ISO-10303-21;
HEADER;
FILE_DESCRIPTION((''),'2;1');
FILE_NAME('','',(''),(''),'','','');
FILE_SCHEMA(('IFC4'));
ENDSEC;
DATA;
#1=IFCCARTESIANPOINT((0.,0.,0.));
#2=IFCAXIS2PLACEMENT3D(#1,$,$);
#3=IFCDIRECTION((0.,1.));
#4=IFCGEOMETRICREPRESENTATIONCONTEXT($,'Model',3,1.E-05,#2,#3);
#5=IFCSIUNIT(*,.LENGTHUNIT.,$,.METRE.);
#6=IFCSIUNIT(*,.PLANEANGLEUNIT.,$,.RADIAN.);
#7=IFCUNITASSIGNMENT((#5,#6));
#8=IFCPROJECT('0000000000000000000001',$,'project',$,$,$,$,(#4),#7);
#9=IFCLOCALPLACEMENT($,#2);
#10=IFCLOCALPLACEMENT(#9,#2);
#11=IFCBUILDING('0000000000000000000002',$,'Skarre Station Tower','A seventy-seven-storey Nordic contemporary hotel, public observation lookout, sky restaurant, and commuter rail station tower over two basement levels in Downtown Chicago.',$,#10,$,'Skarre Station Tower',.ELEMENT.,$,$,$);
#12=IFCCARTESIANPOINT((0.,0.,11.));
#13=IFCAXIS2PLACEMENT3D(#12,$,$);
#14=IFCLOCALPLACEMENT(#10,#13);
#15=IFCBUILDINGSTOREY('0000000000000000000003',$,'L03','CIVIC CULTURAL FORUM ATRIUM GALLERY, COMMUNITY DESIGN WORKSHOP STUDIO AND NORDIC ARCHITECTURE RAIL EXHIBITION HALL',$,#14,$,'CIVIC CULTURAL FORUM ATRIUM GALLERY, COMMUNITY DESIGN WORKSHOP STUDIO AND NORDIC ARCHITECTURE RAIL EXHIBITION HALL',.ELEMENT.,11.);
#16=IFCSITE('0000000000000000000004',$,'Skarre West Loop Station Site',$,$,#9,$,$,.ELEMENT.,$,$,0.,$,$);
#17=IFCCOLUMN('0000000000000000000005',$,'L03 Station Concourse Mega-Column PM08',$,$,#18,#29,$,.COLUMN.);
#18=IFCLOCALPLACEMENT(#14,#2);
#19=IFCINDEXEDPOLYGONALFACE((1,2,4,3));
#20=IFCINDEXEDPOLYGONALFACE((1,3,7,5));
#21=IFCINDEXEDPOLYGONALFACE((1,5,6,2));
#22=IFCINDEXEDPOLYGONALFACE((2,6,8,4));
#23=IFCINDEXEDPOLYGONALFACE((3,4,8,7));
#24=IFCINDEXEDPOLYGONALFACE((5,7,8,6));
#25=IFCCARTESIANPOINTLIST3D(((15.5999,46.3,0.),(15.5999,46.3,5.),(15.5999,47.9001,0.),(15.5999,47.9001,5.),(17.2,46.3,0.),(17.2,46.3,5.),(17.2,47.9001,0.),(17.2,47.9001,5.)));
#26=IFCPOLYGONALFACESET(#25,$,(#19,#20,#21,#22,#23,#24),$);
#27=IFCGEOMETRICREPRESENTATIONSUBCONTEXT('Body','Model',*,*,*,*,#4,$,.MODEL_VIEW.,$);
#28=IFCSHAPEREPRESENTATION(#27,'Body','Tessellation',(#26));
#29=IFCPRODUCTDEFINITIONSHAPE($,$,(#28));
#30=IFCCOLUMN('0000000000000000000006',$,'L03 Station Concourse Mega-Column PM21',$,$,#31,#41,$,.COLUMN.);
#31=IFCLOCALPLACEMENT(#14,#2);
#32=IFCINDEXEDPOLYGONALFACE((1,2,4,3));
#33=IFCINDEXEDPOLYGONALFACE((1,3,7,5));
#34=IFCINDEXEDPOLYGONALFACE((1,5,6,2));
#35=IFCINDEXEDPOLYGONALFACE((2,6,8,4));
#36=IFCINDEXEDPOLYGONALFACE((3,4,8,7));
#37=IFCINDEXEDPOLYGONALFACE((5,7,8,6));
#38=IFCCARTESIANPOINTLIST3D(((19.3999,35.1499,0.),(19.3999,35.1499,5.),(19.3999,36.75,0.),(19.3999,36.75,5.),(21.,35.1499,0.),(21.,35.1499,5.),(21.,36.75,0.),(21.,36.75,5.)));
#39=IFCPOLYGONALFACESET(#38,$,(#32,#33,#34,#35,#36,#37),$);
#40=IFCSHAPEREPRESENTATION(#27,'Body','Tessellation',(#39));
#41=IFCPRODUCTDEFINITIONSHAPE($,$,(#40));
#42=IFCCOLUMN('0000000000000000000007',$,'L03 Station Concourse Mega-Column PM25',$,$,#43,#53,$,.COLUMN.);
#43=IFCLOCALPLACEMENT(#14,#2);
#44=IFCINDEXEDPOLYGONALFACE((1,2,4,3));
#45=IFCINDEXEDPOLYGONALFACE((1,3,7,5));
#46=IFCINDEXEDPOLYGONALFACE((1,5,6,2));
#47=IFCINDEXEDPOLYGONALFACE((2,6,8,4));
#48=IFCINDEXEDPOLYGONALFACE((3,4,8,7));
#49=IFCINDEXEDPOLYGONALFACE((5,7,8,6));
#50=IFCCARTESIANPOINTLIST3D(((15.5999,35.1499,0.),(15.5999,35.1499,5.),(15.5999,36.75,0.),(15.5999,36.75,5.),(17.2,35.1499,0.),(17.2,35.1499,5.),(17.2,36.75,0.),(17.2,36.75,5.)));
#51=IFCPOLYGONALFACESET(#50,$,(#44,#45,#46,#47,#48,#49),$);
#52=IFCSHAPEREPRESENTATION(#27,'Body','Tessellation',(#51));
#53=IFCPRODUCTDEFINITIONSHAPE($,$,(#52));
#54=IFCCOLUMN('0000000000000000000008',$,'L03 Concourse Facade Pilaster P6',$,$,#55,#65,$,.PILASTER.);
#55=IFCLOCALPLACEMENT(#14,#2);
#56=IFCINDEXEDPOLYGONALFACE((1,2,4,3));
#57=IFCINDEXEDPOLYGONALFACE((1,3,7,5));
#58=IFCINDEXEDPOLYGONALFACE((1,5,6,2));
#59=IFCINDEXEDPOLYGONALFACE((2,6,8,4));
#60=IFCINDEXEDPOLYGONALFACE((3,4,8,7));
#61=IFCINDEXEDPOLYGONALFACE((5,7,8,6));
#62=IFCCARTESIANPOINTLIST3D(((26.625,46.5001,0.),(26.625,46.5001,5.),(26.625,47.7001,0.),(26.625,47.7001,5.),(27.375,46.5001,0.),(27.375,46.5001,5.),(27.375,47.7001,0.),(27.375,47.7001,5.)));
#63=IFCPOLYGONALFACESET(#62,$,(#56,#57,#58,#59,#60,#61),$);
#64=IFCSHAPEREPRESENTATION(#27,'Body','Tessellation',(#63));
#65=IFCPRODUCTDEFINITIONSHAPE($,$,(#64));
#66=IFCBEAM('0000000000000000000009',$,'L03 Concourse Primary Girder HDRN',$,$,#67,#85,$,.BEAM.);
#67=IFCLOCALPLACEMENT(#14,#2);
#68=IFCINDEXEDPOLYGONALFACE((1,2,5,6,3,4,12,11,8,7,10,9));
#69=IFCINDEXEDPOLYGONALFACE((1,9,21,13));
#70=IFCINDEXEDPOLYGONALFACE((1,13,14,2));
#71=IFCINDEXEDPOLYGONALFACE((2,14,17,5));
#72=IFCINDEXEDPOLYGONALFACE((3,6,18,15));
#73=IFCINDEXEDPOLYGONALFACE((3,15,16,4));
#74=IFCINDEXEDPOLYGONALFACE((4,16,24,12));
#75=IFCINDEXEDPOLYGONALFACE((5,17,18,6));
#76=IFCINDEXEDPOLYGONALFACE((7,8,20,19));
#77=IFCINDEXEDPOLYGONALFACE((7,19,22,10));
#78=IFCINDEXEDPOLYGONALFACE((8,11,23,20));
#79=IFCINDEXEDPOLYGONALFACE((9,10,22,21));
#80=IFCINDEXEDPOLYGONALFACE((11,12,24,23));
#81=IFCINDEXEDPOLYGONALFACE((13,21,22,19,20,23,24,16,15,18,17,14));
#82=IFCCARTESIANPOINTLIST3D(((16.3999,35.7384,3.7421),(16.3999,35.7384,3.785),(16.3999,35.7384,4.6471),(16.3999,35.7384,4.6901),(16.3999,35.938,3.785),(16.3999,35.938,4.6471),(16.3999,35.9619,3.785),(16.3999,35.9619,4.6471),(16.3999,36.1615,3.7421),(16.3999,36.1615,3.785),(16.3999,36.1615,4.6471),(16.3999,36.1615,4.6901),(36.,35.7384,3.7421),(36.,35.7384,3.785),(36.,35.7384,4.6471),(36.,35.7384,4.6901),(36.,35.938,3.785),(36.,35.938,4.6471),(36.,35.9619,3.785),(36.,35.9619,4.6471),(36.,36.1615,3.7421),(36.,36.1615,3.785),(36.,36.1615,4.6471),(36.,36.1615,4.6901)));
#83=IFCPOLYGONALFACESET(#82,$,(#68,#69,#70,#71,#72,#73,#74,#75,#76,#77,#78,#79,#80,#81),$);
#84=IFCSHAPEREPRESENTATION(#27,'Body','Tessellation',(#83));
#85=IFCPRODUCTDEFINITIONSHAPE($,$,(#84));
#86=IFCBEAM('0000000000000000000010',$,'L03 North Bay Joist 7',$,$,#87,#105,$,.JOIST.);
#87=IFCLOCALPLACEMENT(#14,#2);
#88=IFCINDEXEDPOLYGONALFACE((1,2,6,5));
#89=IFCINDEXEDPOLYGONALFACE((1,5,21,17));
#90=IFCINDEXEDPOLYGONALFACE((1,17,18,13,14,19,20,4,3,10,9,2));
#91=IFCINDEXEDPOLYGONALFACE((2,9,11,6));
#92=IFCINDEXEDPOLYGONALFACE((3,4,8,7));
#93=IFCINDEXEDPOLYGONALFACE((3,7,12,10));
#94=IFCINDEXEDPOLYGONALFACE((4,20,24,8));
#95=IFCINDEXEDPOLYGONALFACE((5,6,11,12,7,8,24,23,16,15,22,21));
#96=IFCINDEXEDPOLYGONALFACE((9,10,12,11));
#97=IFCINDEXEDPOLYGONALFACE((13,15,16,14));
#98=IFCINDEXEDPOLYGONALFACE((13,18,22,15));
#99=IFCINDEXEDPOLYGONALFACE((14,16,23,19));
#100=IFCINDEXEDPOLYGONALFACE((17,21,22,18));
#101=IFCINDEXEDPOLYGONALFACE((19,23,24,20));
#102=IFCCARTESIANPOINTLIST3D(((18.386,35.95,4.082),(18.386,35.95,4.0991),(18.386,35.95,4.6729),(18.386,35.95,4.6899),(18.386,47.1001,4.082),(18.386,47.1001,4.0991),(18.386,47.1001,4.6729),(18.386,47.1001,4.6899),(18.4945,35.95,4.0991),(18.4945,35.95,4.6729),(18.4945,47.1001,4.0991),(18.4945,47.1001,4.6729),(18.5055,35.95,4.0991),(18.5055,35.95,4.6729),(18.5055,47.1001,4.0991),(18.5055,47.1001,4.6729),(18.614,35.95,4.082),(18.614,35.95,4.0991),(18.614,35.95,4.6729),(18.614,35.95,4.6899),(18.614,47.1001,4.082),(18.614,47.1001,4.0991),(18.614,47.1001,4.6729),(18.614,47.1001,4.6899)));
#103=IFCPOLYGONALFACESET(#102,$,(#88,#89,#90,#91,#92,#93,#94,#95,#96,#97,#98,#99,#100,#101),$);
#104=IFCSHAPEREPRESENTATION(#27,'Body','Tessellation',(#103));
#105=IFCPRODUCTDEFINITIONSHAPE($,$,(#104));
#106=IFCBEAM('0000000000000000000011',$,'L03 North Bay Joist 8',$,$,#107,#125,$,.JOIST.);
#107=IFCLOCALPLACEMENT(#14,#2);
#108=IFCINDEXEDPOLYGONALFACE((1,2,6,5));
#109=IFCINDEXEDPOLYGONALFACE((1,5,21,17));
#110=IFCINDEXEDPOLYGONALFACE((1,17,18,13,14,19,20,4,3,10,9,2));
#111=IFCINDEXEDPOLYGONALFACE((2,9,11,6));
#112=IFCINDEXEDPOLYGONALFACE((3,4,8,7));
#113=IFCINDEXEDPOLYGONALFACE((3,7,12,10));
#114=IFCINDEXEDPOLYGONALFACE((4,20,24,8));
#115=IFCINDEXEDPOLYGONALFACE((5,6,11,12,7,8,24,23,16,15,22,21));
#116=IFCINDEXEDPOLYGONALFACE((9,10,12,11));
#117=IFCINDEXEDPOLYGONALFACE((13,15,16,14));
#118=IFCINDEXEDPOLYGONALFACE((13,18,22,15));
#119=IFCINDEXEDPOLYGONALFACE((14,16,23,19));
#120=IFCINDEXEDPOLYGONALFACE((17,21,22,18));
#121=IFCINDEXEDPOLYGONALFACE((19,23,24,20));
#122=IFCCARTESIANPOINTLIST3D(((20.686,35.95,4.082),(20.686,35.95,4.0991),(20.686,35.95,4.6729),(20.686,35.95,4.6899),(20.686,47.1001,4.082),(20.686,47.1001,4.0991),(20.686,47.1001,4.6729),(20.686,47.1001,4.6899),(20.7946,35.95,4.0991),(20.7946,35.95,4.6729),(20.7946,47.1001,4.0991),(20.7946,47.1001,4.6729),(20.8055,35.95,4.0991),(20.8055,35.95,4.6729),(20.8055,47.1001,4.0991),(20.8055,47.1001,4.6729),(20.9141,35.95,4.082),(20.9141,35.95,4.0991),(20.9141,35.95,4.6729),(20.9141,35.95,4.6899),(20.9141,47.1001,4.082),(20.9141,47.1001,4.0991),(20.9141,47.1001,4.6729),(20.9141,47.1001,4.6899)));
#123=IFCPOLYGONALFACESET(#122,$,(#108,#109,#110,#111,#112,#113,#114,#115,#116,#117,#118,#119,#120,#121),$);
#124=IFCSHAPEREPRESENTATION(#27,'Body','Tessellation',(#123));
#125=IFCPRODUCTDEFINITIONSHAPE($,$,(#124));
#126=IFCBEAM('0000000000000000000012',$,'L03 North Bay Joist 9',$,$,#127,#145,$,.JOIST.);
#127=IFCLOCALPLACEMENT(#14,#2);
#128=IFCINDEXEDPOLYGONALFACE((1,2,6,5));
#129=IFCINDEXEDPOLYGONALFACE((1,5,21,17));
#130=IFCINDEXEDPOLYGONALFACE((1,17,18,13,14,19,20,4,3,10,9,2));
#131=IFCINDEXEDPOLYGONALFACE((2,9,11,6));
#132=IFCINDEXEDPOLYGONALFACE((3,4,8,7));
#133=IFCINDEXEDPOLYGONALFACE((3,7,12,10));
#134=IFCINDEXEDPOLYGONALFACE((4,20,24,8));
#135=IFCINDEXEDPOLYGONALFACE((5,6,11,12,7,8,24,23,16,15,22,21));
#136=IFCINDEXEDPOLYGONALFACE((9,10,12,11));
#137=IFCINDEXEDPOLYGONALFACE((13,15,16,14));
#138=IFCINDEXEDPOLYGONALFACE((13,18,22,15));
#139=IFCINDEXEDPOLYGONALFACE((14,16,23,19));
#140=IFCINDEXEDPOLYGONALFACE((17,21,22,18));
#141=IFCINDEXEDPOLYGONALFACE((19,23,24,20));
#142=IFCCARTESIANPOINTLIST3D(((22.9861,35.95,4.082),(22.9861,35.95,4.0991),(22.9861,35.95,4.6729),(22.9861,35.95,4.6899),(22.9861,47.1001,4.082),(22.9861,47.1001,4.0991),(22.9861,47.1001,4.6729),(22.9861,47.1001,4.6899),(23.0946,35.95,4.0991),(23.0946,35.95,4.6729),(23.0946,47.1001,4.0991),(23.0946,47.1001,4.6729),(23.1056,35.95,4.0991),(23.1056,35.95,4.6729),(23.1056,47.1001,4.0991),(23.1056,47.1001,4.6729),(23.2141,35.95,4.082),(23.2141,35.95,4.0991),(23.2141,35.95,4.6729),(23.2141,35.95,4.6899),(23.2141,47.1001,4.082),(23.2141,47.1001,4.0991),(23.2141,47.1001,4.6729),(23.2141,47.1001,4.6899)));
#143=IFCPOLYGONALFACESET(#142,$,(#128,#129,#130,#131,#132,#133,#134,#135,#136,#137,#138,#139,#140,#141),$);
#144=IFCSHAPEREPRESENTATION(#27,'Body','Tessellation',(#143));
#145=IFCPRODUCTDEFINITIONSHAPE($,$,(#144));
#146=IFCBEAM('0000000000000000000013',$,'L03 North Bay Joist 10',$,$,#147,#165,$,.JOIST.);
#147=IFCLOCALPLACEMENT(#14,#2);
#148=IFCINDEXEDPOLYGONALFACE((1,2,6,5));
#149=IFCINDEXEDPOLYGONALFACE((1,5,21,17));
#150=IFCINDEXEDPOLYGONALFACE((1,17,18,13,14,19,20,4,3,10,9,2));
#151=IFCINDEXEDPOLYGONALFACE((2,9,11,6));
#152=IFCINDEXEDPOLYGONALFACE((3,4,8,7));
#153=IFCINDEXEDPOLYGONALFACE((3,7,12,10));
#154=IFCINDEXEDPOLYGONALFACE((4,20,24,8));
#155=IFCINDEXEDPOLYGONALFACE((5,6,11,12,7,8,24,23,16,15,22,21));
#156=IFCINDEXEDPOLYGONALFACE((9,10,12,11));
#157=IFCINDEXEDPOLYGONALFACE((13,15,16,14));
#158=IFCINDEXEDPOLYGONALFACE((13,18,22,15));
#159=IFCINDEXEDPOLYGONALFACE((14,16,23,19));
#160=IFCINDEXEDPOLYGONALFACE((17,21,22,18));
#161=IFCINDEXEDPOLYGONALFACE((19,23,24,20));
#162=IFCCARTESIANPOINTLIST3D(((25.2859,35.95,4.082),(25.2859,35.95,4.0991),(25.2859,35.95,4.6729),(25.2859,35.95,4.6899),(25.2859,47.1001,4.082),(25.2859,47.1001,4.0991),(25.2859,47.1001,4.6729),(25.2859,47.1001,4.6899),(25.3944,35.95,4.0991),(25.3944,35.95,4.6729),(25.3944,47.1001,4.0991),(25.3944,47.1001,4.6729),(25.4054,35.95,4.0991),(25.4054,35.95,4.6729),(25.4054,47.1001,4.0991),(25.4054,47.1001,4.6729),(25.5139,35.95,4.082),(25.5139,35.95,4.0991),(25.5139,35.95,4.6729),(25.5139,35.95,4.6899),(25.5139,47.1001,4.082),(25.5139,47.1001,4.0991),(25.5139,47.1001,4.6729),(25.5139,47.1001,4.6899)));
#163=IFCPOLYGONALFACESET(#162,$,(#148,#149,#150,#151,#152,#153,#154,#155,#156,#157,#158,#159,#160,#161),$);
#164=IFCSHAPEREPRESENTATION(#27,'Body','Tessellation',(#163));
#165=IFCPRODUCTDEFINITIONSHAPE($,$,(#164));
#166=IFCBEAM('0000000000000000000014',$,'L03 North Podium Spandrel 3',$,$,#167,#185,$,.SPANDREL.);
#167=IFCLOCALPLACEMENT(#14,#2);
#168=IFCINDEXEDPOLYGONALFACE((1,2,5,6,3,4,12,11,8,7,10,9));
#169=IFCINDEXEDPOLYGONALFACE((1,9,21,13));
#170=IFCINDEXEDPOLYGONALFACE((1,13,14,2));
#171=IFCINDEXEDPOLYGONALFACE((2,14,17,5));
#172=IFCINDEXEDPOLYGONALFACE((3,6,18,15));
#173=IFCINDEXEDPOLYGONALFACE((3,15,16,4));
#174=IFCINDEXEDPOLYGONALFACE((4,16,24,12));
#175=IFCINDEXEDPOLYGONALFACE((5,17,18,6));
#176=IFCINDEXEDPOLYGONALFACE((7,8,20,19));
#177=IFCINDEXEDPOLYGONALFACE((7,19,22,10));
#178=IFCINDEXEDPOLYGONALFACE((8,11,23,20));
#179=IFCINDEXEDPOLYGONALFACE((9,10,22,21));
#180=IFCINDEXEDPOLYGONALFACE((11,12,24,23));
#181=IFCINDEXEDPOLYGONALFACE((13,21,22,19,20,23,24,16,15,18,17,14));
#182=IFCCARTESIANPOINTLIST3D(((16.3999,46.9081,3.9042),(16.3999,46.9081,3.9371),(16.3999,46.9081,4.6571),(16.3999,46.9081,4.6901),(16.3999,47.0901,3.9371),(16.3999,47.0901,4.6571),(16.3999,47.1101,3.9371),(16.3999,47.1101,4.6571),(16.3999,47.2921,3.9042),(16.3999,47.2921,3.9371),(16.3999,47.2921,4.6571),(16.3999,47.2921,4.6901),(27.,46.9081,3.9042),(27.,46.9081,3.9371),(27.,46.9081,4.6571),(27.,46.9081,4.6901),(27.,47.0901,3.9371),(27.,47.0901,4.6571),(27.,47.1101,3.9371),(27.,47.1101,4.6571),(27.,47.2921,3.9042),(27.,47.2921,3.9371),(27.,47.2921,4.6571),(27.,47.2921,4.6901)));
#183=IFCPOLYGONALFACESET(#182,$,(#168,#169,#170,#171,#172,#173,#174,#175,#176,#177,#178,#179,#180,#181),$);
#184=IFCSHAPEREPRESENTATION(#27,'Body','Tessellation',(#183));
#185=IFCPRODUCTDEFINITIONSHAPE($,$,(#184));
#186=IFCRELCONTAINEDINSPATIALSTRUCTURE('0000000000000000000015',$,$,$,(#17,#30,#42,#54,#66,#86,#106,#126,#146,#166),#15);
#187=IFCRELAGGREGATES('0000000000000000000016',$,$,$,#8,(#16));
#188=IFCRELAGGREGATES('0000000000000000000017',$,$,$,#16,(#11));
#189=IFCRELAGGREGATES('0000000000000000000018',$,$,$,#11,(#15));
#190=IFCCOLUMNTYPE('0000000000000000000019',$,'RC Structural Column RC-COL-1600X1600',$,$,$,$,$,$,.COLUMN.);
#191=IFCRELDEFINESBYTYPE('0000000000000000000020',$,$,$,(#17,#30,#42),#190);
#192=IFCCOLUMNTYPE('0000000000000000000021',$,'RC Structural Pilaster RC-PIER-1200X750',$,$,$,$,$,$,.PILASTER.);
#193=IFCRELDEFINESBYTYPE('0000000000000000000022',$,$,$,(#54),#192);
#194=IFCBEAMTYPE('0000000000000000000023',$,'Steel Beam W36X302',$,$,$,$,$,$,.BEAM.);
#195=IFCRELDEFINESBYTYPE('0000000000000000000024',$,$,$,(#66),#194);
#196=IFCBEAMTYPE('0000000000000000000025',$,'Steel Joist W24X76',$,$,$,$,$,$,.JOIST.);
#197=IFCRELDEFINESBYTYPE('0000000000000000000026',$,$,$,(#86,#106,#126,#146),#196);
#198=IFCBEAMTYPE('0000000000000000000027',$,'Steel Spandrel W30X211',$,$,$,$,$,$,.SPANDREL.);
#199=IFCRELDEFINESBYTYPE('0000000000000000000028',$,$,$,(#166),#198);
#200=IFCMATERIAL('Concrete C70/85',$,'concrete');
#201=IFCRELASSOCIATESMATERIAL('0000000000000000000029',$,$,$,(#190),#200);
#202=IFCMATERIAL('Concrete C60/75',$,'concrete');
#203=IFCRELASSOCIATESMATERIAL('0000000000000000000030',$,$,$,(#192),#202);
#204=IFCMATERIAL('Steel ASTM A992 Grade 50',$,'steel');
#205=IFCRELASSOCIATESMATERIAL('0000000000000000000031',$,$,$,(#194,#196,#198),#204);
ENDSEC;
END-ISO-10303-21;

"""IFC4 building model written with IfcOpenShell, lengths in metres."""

from ifc_helpers import new_model, si_unit, direction, frame, origin, origin_2d, place, context, subcontext, project, spatial, rectangle, i_section, extrude, material, material_profile, profile_set, type_object, element, save


model = new_model("IFC4")

# Units and contexts
model_context = context("Model", 3, precision=1e-05, world=origin(), true_north=direction((0.0, 1.0)))
body_context = subcontext(model_context, "Body", "Model", "MODEL_VIEW")
ifc_project = project(units=[si_unit("LENGTHUNIT", "METRE"), si_unit("PLANEANGLEUNIT", "RADIAN")], contexts=[model_context])

# Site, building, storey
site_placement = place(None, origin())
site = spatial("IfcSite", under=ifc_project, at=site_placement, Name="Skarre West Loop Station Site", CompositionType="ELEMENT", RefElevation=0.0)
building_placement = place(site_placement, origin())
building = spatial("IfcBuilding", under=site, at=building_placement, Name="Skarre Station Tower", Description="A seventy-seven-storey Nordic contemporary hotel, public observation lookout, sky restaurant, and commuter rail station tower over two basement levels in Downtown Chicago.", LongName="Skarre Station Tower", CompositionType="ELEMENT")
storey_placement = place(building_placement, frame((0.0, 0.0, 11.0)))
storey = spatial("IfcBuildingStorey", under=building, at=storey_placement, Name="L03", Description="CIVIC CULTURAL FORUM ATRIUM GALLERY, COMMUNITY DESIGN WORKSHOP STUDIO AND NORDIC ARCHITECTURE RAIL EXHIBITION HALL", LongName="CIVIC CULTURAL FORUM ATRIUM GALLERY, COMMUNITY DESIGN WORKSHOP STUDIO AND NORDIC ARCHITECTURE RAIL EXHIBITION HALL", CompositionType="ELEMENT", Elevation=11.0)

# Columns
ifc_material_1 = material(Name="Concrete C70/85", Category="concrete")
ifc_material_profile_1 = material_profile(ifc_material_1, rectangle(XDim=1.6001, YDim=1.6001, at=origin_2d()), Name="Concrete C70/85")
ifc_profile_set_1 = profile_set([ifc_material_profile_1], Name="Concrete C70/85")
column_type_1 = type_object("IfcColumnType", Name="RC Structural Column RC-COL-1600X1600", PredefinedType="COLUMN", material=ifc_profile_set_1)
for number, where, z_axis, x_axis, name in (
    (1, (16.3999, 47.1001, 0.0), (0.0, 0.0, 1.0), (1.0, 0.0, 0.0), "L03 Station Concourse Mega-Column PM08"),
    (2, (20.2, 35.95, 0.0), (0.0, 0.0, 1.0), (1.0, 0.0, 0.0), "L03 Station Concourse Mega-Column PM21"),
    (3, (16.3999, 35.95, 0.0), (0.0, 0.0, 1.0), (1.0, 0.0, 0.0), "L03 Station Concourse Mega-Column PM25"),
):
    element("IfcColumn", number, at=place(storey_placement, frame(where, z_axis=z_axis, x_axis=x_axis)), inside=storey, type_object=column_type_1, Name=name, PredefinedType="COLUMN", context=body_context, shape_type="SweptSolid", body=[
        extrude(rectangle(XDim=1.6001, YDim=1.6001, at=origin_2d()), origin(), (0.0, 0.0, 1.0), 5.0),
    ])
ifc_material_2 = material(Name="Concrete C60/75", Category="concrete")
ifc_material_profile_2 = material_profile(ifc_material_2, rectangle(XDim=0.75, YDim=1.2, at=origin_2d()), Name="Concrete C60/75")
ifc_profile_set_2 = profile_set([ifc_material_profile_2], Name="Concrete C60/75")
column_type_2 = type_object("IfcColumnType", Name="RC Structural Pilaster RC-PIER-1200X750", PredefinedType="PILASTER", material=ifc_profile_set_2)
column_placement = place(storey_placement, frame((27.0, 47.1001, 0.0), z_axis=(0.0, 0.0, 1.0), x_axis=(1.0, 0.0, 0.0)))
element("IfcColumn", 4, at=column_placement, inside=storey, type_object=column_type_2, Name="L03 Concourse Facade Pilaster P6", PredefinedType="PILASTER", context=body_context, shape_type="SweptSolid", body=[
    extrude(rectangle(XDim=0.75, YDim=1.2, at=origin_2d()), origin(), (0.0, 0.0, 1.0), 5.0),
])

# Beams
ifc_material_3 = material(Name="Steel ASTM A992 Grade 50", Category="steel")
ifc_material_profile_3 = material_profile(ifc_material_3, i_section(OverallWidth=0.4231, OverallDepth=0.948, WebThickness=0.0239, FlangeThickness=0.043, at=origin_2d()), Name="Steel ASTM A992 Grade 50")
ifc_profile_set_3 = profile_set([ifc_material_profile_3], Name="Steel ASTM A992 Grade 50")
beam_type_1 = type_object("IfcBeamType", Name="Steel Beam W36X302", PredefinedType="BEAM", material=ifc_profile_set_3)
beam_1_placement = place(storey_placement, frame((16.3999, 35.95, 4.2161), z_axis=(1.0, 0.0, 0.0), x_axis=(0.0, 1.0, 0.0)))
element("IfcBeam", 5, at=beam_1_placement, inside=storey, type_object=beam_type_1, Name="L03 Concourse Primary Girder HDRN", PredefinedType="BEAM", context=body_context, shape_type="SweptSolid", body=[
    extrude(i_section(OverallWidth=0.4231, OverallDepth=0.948, WebThickness=0.0239, FlangeThickness=0.043, at=origin_2d()), origin(), (0.0, 0.0, 1.0), 19.6001),
])
ifc_material_profile_4 = material_profile(ifc_material_3, i_section(OverallWidth=0.228, OverallDepth=0.6079, WebThickness=0.011, FlangeThickness=0.0171, at=origin_2d()), Name="Steel ASTM A992 Grade 50")
ifc_profile_set_4 = profile_set([ifc_material_profile_4], Name="Steel ASTM A992 Grade 50")
beam_type_2 = type_object("IfcBeamType", Name="Steel Joist W24X76", PredefinedType="JOIST", material=ifc_profile_set_4)
for number, where, z_axis, x_axis, name in (
    (6, (18.5, 35.95, 4.386), (0.0, 1.0, 0.0), (-1.0, 0.0, 0.0), "L03 North Bay Joist 7"),
    (7, (20.8, 35.95, 4.386), (0.0, 1.0, 0.0), (-1.0, 0.0, 0.0), "L03 North Bay Joist 8"),
    (8, (23.1001, 35.95, 4.386), (0.0, 1.0, 0.0), (-1.0, 0.0, 0.0), "L03 North Bay Joist 9"),
    (9, (25.3999, 35.95, 4.386), (0.0, 1.0, 0.0), (-1.0, 0.0, 0.0), "L03 North Bay Joist 10"),
):
    element("IfcBeam", number, at=place(storey_placement, frame(where, z_axis=z_axis, x_axis=x_axis)), inside=storey, type_object=beam_type_2, Name=name, PredefinedType="JOIST", context=body_context, shape_type="SweptSolid", body=[
        extrude(i_section(OverallWidth=0.228, OverallDepth=0.6079, WebThickness=0.011, FlangeThickness=0.0171, at=origin_2d()), origin(), (0.0, 0.0, 1.0), 11.1501),
    ])
ifc_material_profile_5 = material_profile(ifc_material_3, i_section(OverallWidth=0.384, OverallDepth=0.7859, WebThickness=0.02, FlangeThickness=0.033, at=origin_2d()), Name="Steel ASTM A992 Grade 50")
ifc_profile_set_5 = profile_set([ifc_material_profile_5], Name="Steel ASTM A992 Grade 50")
beam_type_3 = type_object("IfcBeamType", Name="Steel Spandrel W30X211", PredefinedType="SPANDREL", material=ifc_profile_set_5)
beam_2_placement = place(storey_placement, frame((16.3999, 47.1001, 4.2971), z_axis=(1.0, 0.0, 0.0), x_axis=(0.0, 1.0, 0.0)))
element("IfcBeam", 10, at=beam_2_placement, inside=storey, type_object=beam_type_3, Name="L03 North Podium Spandrel 3", PredefinedType="SPANDREL", context=body_context, shape_type="SweptSolid", body=[
    extrude(i_section(OverallWidth=0.384, OverallDepth=0.7859, WebThickness=0.02, FlangeThickness=0.033, at=origin_2d()), origin(), (0.0, 0.0, 1.0), 10.6001),
])

save(model, "model.ifc")
